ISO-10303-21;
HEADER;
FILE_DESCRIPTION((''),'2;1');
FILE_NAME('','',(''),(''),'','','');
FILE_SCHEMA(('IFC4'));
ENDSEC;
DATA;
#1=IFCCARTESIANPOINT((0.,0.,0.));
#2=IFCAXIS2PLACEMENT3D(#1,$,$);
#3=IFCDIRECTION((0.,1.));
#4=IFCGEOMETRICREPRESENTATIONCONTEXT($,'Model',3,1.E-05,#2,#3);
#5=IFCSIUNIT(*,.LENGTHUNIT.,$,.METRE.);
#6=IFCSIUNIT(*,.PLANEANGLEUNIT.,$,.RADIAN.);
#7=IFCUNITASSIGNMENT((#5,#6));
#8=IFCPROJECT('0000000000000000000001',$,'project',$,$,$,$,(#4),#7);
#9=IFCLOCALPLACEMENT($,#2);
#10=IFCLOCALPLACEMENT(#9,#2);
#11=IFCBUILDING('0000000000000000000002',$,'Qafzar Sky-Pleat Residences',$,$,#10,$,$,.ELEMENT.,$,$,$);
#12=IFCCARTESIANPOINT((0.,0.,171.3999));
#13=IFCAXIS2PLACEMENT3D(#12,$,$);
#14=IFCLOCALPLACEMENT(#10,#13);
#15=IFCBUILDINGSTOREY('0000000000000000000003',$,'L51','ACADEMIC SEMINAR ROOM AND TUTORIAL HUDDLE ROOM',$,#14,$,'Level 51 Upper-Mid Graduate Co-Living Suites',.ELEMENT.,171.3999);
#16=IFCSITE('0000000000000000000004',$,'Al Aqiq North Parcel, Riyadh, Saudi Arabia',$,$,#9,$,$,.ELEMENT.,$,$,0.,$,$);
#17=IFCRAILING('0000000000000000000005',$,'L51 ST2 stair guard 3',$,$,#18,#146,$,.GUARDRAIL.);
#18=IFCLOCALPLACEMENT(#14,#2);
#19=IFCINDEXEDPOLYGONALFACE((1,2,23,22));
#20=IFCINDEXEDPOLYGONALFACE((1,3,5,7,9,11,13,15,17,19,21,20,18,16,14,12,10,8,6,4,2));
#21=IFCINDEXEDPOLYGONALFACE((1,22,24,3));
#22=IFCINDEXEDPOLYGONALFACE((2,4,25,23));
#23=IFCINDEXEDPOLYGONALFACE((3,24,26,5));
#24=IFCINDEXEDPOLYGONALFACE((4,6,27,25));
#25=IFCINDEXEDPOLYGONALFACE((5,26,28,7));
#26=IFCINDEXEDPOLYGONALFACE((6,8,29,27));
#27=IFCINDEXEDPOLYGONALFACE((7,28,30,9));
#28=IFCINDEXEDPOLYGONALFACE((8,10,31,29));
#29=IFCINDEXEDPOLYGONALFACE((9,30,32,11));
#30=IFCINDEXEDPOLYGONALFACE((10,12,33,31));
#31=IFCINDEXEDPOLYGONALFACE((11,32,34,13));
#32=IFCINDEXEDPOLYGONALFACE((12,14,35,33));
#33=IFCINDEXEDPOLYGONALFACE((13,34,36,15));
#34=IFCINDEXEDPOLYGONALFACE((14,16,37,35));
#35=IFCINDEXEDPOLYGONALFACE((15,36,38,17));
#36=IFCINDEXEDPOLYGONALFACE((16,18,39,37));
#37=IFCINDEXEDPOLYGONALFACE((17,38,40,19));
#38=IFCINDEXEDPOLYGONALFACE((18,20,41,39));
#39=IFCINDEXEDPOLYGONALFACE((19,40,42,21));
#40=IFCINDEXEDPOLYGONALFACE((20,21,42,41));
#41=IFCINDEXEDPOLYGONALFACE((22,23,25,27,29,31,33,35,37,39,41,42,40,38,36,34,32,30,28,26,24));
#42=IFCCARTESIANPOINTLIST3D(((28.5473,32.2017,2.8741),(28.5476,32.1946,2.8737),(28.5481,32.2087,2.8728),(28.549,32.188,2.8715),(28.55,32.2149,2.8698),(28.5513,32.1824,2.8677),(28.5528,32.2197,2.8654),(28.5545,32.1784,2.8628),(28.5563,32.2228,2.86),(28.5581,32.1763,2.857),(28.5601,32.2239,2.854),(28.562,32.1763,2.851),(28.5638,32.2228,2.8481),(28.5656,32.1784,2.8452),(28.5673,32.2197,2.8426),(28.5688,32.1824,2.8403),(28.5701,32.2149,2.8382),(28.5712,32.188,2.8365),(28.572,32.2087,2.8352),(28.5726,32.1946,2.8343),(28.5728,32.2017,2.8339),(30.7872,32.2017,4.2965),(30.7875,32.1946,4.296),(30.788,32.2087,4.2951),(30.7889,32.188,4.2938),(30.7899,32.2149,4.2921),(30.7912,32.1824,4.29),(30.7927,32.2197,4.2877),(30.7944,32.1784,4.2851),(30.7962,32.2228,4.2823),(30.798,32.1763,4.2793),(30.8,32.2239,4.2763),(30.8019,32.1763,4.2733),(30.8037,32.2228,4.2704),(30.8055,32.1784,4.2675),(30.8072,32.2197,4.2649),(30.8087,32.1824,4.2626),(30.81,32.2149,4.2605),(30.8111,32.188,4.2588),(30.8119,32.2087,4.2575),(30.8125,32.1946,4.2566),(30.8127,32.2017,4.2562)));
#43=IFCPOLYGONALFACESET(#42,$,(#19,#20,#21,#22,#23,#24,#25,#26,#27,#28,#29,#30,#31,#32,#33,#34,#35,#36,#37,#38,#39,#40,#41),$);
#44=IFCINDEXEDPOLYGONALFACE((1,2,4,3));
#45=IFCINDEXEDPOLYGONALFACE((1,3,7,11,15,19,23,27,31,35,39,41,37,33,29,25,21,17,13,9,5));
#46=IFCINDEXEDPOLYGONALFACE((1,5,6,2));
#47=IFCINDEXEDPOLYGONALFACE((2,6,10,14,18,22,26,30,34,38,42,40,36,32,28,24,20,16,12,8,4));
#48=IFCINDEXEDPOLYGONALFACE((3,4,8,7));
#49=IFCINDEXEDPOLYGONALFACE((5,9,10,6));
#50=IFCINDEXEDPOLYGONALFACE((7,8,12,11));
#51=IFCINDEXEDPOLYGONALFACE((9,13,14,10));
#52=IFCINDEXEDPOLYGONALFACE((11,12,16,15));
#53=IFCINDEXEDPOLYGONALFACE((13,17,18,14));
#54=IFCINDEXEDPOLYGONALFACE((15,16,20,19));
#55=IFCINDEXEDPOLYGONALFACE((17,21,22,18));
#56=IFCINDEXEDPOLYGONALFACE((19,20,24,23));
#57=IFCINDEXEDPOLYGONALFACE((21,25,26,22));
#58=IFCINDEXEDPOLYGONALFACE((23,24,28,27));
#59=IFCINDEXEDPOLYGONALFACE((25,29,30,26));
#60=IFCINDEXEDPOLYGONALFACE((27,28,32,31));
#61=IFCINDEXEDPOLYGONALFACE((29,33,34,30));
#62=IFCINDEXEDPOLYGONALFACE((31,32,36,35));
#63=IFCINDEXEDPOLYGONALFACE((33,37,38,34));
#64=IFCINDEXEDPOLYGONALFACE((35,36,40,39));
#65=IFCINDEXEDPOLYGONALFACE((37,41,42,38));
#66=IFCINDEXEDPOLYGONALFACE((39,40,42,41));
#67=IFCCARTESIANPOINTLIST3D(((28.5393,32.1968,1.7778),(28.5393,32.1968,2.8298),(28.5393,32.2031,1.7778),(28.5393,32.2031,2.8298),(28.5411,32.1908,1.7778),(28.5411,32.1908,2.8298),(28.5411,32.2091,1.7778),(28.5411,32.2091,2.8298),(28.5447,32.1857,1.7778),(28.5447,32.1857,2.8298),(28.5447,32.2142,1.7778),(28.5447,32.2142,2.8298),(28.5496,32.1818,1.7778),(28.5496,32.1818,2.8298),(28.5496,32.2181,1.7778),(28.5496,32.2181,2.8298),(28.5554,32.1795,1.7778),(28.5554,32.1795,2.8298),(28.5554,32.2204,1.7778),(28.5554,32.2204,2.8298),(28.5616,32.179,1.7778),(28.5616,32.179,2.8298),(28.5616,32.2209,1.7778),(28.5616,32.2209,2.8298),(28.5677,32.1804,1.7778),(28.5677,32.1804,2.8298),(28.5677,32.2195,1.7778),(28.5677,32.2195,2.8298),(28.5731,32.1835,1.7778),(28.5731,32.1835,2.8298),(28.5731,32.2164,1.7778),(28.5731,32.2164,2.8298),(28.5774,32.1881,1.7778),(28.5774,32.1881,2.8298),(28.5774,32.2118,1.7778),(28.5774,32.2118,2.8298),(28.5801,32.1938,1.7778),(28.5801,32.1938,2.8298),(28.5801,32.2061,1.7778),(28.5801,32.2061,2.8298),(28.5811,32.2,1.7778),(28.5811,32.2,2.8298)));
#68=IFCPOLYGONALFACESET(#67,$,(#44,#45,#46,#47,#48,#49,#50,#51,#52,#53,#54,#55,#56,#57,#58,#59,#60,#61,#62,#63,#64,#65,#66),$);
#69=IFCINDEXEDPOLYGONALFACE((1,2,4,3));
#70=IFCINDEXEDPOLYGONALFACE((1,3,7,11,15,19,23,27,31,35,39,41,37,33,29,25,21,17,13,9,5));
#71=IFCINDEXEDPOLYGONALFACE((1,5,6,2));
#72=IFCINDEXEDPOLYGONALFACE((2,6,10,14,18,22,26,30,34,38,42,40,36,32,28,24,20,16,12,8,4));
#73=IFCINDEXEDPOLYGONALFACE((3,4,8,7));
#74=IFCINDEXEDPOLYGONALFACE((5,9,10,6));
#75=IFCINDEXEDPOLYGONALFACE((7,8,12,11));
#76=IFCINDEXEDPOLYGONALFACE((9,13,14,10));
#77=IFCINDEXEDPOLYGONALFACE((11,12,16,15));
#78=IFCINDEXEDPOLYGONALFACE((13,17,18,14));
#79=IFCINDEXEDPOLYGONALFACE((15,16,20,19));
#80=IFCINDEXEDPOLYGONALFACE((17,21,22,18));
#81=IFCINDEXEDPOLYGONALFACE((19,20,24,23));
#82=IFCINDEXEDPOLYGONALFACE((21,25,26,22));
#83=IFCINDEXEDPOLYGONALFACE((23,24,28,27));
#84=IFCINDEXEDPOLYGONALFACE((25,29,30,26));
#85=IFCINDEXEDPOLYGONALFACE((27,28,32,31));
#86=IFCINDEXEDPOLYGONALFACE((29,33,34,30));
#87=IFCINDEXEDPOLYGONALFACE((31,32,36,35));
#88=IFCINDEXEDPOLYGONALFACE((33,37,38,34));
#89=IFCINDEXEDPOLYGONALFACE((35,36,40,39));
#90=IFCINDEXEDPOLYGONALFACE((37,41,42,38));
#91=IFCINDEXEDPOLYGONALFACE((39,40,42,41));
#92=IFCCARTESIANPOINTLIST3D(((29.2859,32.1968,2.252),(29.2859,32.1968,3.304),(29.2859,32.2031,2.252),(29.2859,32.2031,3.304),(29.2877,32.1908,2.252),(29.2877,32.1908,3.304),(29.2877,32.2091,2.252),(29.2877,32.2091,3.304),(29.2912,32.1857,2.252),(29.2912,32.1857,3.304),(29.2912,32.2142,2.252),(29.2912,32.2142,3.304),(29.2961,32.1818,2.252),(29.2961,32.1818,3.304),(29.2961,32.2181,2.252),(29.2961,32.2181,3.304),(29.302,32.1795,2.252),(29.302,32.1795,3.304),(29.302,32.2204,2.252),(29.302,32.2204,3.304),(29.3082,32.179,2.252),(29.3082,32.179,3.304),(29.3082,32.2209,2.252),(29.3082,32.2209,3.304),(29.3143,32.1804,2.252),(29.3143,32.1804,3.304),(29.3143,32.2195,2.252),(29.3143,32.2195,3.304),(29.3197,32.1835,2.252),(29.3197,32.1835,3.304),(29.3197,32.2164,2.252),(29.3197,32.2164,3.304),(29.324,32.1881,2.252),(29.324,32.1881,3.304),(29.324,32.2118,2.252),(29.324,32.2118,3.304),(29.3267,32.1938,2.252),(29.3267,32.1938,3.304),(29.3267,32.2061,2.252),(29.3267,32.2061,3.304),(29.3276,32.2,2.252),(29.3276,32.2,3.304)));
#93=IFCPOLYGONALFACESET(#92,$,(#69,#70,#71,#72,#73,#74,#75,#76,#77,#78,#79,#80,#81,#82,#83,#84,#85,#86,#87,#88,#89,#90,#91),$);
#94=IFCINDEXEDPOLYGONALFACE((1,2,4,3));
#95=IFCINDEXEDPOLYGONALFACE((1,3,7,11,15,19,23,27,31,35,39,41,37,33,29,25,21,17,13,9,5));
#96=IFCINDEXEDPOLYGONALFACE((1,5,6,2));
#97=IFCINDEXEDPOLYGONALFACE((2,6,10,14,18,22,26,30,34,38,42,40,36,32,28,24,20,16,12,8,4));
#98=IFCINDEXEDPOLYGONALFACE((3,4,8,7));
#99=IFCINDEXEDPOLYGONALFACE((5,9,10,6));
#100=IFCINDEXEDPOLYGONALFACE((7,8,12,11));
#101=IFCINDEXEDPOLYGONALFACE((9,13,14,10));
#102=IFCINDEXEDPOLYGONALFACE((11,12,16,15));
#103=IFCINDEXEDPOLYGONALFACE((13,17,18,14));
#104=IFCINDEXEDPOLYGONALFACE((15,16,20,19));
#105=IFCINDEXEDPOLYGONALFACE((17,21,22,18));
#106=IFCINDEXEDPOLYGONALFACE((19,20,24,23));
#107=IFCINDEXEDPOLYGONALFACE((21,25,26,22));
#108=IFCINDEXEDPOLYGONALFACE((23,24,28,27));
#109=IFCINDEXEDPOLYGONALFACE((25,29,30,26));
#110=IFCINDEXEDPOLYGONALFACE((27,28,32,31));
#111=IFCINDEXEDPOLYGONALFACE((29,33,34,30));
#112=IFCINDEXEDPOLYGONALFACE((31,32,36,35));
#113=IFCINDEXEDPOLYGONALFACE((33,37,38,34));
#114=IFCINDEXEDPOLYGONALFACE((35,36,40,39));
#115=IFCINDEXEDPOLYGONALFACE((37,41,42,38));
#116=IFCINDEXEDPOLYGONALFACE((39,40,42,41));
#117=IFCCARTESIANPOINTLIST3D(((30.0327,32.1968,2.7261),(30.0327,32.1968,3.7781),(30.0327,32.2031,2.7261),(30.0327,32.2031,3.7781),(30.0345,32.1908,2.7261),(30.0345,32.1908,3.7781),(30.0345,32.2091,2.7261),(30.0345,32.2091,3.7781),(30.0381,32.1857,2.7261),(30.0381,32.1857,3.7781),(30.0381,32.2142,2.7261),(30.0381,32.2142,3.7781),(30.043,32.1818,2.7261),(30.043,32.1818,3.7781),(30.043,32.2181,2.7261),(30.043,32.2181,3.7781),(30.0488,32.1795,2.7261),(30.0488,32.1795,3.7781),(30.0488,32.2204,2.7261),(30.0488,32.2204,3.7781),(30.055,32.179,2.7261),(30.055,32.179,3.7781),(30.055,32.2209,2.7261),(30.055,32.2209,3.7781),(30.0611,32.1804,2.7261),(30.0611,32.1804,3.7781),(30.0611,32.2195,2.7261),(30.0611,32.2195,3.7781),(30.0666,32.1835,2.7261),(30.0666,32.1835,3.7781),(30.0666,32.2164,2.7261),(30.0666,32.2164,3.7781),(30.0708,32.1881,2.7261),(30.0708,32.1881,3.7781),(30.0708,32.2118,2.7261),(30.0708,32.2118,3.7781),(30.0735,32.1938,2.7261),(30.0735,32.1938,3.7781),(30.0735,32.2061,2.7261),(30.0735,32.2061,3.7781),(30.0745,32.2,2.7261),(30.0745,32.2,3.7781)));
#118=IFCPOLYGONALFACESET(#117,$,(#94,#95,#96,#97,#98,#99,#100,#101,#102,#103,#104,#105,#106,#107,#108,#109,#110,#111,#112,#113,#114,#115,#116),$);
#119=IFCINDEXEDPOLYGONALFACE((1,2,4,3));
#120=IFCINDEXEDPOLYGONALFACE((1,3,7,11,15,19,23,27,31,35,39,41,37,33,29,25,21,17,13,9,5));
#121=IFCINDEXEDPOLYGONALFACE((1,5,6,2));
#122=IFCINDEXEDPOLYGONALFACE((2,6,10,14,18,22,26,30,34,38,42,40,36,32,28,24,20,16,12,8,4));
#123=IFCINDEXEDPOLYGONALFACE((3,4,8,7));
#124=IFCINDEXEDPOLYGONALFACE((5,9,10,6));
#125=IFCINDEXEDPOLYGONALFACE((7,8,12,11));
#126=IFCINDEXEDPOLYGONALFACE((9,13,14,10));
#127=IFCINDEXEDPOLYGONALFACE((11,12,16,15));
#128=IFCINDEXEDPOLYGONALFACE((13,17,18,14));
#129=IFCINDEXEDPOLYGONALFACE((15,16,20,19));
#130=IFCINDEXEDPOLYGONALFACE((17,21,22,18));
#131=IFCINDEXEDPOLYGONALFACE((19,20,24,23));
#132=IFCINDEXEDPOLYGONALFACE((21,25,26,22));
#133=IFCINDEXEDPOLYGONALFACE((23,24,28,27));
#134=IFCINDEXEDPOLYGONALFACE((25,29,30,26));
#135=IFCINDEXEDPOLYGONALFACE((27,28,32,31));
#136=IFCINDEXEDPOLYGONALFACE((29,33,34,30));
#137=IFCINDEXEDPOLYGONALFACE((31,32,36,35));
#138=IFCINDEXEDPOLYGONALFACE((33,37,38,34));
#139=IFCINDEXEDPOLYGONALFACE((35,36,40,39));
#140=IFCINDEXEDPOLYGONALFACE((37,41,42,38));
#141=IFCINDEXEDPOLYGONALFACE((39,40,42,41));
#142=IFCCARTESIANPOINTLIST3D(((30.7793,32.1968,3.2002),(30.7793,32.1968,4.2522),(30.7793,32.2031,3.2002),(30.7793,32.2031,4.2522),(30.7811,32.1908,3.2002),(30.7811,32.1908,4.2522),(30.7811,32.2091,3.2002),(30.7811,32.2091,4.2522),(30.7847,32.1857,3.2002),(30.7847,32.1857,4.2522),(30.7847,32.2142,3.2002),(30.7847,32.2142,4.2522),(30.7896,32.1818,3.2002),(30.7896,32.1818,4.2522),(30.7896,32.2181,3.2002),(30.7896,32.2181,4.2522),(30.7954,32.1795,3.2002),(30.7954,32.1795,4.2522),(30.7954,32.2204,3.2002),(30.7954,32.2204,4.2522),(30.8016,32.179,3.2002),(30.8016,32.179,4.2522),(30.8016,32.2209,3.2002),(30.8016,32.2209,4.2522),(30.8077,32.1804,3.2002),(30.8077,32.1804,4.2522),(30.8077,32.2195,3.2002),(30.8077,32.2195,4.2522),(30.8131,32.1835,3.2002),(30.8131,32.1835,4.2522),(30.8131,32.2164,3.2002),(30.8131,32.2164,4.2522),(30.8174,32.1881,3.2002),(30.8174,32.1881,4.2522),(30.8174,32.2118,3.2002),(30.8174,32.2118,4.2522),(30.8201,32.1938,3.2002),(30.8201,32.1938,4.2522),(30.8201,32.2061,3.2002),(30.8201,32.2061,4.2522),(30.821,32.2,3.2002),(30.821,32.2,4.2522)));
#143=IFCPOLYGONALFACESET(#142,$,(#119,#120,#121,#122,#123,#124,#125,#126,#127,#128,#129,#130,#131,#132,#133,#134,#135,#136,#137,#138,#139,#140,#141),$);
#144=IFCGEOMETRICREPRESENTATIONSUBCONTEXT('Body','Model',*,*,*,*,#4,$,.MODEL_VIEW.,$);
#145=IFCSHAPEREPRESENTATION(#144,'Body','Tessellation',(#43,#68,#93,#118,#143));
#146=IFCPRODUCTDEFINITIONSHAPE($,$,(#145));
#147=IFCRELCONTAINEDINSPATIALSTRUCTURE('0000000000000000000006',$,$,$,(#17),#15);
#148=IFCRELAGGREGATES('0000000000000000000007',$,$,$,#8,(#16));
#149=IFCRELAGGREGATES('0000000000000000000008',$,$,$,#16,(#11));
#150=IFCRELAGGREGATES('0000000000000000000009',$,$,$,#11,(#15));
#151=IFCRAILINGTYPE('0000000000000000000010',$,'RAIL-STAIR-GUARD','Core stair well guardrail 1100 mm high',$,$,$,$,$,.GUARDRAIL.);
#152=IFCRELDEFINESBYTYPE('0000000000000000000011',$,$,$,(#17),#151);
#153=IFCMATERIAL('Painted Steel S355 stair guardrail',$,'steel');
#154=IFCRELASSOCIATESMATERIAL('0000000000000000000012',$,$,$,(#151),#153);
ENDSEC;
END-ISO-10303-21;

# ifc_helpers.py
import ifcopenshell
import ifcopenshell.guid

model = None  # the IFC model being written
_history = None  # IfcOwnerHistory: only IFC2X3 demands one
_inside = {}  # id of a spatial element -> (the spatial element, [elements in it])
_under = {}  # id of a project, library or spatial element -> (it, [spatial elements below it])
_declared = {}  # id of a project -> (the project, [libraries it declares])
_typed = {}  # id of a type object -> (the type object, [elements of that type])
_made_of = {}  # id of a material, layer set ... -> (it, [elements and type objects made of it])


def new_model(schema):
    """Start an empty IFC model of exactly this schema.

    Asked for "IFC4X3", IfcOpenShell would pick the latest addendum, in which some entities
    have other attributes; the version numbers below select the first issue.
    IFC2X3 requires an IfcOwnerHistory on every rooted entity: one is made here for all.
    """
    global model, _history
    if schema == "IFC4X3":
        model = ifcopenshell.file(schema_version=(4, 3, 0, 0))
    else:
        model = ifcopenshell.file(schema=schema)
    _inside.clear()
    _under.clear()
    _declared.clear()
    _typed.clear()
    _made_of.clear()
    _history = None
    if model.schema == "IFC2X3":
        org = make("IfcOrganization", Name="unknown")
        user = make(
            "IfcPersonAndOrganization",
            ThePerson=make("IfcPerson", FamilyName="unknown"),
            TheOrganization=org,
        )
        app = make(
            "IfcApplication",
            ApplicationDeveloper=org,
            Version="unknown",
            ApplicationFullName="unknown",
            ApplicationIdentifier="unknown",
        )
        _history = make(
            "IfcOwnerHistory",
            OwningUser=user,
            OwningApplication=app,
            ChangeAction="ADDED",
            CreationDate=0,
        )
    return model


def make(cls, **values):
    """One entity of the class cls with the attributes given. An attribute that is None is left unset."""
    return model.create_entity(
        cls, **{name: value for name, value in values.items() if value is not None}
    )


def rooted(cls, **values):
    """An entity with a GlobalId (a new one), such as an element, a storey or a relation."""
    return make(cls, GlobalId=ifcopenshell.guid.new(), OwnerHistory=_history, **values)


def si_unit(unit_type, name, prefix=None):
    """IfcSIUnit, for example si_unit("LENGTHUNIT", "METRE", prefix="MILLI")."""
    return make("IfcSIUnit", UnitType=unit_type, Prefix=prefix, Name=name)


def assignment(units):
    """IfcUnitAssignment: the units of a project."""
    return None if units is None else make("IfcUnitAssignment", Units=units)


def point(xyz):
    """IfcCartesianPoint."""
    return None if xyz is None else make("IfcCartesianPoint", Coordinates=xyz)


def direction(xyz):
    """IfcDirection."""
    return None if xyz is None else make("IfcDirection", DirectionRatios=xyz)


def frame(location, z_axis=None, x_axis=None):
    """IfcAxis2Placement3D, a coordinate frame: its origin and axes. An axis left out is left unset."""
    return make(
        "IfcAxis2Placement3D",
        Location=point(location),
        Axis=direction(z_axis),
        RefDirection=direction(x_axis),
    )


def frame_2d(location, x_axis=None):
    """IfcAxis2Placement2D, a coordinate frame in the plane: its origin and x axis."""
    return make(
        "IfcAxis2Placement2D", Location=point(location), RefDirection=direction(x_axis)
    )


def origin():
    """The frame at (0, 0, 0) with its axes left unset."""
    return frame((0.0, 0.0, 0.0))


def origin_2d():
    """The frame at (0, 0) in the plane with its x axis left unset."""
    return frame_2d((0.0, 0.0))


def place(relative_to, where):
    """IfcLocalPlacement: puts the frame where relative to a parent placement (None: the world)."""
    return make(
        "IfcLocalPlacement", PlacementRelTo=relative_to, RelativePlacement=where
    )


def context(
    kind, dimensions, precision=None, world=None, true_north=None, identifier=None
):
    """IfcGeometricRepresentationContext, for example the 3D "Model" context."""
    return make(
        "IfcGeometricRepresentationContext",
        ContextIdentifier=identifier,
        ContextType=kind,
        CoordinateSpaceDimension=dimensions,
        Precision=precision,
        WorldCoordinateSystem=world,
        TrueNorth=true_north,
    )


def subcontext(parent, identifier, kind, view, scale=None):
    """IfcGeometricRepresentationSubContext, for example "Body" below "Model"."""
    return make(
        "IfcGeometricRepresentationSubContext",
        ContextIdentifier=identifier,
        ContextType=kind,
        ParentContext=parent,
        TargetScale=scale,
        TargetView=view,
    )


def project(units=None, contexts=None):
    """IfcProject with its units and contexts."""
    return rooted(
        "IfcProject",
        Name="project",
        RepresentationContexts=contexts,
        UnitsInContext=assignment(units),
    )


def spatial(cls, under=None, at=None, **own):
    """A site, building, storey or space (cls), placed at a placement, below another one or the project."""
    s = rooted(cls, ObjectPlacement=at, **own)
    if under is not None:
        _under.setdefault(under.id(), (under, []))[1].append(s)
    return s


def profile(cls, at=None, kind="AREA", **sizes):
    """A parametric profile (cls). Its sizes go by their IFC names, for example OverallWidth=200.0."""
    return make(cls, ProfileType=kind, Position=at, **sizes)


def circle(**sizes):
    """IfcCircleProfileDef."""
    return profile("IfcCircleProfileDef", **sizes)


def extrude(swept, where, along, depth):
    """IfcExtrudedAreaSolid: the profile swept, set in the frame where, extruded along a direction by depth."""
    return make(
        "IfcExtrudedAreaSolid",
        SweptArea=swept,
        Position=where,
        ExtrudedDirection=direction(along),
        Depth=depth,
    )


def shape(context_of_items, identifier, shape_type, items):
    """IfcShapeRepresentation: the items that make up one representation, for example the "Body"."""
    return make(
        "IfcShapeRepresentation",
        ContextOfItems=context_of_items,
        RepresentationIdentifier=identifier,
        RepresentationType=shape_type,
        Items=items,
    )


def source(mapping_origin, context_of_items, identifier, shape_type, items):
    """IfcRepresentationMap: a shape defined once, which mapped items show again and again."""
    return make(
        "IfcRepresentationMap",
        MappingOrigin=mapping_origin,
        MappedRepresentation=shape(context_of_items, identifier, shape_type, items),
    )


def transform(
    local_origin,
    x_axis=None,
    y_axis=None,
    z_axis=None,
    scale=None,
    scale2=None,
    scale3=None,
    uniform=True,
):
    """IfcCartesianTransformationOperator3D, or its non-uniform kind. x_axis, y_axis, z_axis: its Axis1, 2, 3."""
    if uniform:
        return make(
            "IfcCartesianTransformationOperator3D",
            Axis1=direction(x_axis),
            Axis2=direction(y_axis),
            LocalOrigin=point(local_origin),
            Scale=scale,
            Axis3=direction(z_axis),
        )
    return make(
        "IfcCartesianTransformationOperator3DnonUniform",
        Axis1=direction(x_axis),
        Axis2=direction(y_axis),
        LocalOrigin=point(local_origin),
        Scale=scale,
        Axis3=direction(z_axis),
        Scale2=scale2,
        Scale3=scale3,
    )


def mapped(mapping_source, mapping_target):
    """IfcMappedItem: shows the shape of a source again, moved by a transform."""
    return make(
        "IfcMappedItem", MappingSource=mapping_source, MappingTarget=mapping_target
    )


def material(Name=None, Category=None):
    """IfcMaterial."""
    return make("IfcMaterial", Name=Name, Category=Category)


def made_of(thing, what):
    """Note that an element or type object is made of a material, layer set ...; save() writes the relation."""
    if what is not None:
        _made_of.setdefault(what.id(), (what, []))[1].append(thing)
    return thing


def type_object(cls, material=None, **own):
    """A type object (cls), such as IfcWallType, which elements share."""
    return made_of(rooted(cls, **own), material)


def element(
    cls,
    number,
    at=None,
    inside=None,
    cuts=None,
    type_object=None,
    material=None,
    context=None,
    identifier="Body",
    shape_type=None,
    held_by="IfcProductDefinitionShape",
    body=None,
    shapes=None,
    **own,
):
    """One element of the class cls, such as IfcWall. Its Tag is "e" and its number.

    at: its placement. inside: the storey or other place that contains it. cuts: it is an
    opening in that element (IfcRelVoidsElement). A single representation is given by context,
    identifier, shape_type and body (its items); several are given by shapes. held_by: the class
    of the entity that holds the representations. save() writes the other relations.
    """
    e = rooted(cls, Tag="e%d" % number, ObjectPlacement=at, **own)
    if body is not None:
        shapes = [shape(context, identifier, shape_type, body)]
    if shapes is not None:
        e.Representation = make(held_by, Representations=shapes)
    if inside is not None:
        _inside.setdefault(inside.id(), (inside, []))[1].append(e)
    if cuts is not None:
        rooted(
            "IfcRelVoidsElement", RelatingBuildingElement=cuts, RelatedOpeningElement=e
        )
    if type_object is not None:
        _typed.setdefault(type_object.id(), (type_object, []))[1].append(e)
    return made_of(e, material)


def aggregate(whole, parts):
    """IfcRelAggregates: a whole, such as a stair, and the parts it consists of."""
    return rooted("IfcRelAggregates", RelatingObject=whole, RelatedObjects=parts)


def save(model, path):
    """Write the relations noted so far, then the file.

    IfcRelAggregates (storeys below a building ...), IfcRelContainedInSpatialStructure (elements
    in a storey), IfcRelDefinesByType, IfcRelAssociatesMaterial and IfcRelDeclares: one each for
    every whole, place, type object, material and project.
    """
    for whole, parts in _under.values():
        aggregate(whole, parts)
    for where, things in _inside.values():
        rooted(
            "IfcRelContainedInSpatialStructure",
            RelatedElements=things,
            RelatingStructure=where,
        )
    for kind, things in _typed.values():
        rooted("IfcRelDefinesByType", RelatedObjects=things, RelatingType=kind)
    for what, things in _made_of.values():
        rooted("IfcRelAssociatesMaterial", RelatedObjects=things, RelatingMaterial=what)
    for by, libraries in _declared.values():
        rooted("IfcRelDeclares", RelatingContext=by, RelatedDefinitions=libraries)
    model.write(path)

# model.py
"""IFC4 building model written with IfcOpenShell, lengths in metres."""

from ifc_helpers import new_model, si_unit, direction, frame, origin, origin_2d, place, context, subcontext, project, spatial, circle, extrude, source, transform, mapped, material, type_object, element, save


model = new_model("IFC4")

# Units and contexts
model_context = context("Model", 3, precision=1e-05, world=origin(), true_north=direction((0.0, 1.0)))
body_context = subcontext(model_context, "Body", "Model", "MODEL_VIEW")
ifc_project = project(units=[si_unit("LENGTHUNIT", "METRE"), si_unit("PLANEANGLEUNIT", "RADIAN")], contexts=[model_context])

# Site, building, storey
site_placement = place(None, origin())
site = spatial("IfcSite", under=ifc_project, at=site_placement, Name="Al Aqiq North Parcel, Riyadh, Saudi Arabia", CompositionType="ELEMENT", RefElevation=0.0)
building_placement = place(site_placement, origin())
building = spatial("IfcBuilding", under=site, at=building_placement, Name="Qafzar Sky-Pleat Residences", CompositionType="ELEMENT")
storey_placement = place(building_placement, frame((0.0, 0.0, 171.3999)))
storey = spatial("IfcBuildingStorey", under=building, at=storey_placement, Name="L51", Description="ACADEMIC SEMINAR ROOM AND TUTORIAL HUDDLE ROOM", LongName="Level 51 Upper-Mid Graduate Co-Living Suites", CompositionType="ELEMENT", Elevation=171.3999)

# Railing
ifc_material_1 = material(Name="Painted Steel S355 stair guardrail", Category="steel")
railing_type_1 = type_object("IfcRailingType", Name="RAIL-STAIR-GUARD", Description="Core stair well guardrail 1100 mm high", PredefinedType="GUARDRAIL", material=ifc_material_1)
shared_shape_1 = source(origin(), body_context, "Body", "SweptSolid", [
    extrude(circle(Radius=0.0239, at=origin_2d()), frame((0.0, 0.0, 1.0762), z_axis=(0.844188, 0.0, 0.536048), x_axis=(0.0, 1.0, 0.0)), (0.0, 0.0, 1.0), 2.6533),
    extrude(circle(Radius=0.021, at=origin_2d()), origin(), (0.0, 0.0, 1.0), 1.052),
    extrude(circle(Radius=0.021, at=origin_2d()), frame((0.7466, 0.0, 0.4741)), (0.0, 0.0, 1.0), 1.052),
    extrude(circle(Radius=0.021, at=origin_2d()), frame((1.4934, 0.0, 0.9482)), (0.0, 0.0, 1.0), 1.052),
    extrude(circle(Radius=0.021, at=origin_2d()), frame((2.24, 0.0, 1.4224)), (0.0, 0.0, 1.0), 1.052),
])
railing_1_placement = place(storey_placement, frame((28.5601, 32.2, 1.7778)))
element("IfcRailing", 1, at=railing_1_placement, inside=storey, type_object=railing_type_1, Name="L51 ST2 stair guard 3", PredefinedType="GUARDRAIL", context=body_context, shape_type="MappedRepresentation", body=[
    mapped(shared_shape_1, transform((0.0, 0.0, 0.0), x_axis=(1.0, 0.0, 0.0), y_axis=(0.0, 1.0, 0.0), z_axis=(0.0, 0.0, 1.0), scale=1.0)),
])

save(model, "model.ifc")
